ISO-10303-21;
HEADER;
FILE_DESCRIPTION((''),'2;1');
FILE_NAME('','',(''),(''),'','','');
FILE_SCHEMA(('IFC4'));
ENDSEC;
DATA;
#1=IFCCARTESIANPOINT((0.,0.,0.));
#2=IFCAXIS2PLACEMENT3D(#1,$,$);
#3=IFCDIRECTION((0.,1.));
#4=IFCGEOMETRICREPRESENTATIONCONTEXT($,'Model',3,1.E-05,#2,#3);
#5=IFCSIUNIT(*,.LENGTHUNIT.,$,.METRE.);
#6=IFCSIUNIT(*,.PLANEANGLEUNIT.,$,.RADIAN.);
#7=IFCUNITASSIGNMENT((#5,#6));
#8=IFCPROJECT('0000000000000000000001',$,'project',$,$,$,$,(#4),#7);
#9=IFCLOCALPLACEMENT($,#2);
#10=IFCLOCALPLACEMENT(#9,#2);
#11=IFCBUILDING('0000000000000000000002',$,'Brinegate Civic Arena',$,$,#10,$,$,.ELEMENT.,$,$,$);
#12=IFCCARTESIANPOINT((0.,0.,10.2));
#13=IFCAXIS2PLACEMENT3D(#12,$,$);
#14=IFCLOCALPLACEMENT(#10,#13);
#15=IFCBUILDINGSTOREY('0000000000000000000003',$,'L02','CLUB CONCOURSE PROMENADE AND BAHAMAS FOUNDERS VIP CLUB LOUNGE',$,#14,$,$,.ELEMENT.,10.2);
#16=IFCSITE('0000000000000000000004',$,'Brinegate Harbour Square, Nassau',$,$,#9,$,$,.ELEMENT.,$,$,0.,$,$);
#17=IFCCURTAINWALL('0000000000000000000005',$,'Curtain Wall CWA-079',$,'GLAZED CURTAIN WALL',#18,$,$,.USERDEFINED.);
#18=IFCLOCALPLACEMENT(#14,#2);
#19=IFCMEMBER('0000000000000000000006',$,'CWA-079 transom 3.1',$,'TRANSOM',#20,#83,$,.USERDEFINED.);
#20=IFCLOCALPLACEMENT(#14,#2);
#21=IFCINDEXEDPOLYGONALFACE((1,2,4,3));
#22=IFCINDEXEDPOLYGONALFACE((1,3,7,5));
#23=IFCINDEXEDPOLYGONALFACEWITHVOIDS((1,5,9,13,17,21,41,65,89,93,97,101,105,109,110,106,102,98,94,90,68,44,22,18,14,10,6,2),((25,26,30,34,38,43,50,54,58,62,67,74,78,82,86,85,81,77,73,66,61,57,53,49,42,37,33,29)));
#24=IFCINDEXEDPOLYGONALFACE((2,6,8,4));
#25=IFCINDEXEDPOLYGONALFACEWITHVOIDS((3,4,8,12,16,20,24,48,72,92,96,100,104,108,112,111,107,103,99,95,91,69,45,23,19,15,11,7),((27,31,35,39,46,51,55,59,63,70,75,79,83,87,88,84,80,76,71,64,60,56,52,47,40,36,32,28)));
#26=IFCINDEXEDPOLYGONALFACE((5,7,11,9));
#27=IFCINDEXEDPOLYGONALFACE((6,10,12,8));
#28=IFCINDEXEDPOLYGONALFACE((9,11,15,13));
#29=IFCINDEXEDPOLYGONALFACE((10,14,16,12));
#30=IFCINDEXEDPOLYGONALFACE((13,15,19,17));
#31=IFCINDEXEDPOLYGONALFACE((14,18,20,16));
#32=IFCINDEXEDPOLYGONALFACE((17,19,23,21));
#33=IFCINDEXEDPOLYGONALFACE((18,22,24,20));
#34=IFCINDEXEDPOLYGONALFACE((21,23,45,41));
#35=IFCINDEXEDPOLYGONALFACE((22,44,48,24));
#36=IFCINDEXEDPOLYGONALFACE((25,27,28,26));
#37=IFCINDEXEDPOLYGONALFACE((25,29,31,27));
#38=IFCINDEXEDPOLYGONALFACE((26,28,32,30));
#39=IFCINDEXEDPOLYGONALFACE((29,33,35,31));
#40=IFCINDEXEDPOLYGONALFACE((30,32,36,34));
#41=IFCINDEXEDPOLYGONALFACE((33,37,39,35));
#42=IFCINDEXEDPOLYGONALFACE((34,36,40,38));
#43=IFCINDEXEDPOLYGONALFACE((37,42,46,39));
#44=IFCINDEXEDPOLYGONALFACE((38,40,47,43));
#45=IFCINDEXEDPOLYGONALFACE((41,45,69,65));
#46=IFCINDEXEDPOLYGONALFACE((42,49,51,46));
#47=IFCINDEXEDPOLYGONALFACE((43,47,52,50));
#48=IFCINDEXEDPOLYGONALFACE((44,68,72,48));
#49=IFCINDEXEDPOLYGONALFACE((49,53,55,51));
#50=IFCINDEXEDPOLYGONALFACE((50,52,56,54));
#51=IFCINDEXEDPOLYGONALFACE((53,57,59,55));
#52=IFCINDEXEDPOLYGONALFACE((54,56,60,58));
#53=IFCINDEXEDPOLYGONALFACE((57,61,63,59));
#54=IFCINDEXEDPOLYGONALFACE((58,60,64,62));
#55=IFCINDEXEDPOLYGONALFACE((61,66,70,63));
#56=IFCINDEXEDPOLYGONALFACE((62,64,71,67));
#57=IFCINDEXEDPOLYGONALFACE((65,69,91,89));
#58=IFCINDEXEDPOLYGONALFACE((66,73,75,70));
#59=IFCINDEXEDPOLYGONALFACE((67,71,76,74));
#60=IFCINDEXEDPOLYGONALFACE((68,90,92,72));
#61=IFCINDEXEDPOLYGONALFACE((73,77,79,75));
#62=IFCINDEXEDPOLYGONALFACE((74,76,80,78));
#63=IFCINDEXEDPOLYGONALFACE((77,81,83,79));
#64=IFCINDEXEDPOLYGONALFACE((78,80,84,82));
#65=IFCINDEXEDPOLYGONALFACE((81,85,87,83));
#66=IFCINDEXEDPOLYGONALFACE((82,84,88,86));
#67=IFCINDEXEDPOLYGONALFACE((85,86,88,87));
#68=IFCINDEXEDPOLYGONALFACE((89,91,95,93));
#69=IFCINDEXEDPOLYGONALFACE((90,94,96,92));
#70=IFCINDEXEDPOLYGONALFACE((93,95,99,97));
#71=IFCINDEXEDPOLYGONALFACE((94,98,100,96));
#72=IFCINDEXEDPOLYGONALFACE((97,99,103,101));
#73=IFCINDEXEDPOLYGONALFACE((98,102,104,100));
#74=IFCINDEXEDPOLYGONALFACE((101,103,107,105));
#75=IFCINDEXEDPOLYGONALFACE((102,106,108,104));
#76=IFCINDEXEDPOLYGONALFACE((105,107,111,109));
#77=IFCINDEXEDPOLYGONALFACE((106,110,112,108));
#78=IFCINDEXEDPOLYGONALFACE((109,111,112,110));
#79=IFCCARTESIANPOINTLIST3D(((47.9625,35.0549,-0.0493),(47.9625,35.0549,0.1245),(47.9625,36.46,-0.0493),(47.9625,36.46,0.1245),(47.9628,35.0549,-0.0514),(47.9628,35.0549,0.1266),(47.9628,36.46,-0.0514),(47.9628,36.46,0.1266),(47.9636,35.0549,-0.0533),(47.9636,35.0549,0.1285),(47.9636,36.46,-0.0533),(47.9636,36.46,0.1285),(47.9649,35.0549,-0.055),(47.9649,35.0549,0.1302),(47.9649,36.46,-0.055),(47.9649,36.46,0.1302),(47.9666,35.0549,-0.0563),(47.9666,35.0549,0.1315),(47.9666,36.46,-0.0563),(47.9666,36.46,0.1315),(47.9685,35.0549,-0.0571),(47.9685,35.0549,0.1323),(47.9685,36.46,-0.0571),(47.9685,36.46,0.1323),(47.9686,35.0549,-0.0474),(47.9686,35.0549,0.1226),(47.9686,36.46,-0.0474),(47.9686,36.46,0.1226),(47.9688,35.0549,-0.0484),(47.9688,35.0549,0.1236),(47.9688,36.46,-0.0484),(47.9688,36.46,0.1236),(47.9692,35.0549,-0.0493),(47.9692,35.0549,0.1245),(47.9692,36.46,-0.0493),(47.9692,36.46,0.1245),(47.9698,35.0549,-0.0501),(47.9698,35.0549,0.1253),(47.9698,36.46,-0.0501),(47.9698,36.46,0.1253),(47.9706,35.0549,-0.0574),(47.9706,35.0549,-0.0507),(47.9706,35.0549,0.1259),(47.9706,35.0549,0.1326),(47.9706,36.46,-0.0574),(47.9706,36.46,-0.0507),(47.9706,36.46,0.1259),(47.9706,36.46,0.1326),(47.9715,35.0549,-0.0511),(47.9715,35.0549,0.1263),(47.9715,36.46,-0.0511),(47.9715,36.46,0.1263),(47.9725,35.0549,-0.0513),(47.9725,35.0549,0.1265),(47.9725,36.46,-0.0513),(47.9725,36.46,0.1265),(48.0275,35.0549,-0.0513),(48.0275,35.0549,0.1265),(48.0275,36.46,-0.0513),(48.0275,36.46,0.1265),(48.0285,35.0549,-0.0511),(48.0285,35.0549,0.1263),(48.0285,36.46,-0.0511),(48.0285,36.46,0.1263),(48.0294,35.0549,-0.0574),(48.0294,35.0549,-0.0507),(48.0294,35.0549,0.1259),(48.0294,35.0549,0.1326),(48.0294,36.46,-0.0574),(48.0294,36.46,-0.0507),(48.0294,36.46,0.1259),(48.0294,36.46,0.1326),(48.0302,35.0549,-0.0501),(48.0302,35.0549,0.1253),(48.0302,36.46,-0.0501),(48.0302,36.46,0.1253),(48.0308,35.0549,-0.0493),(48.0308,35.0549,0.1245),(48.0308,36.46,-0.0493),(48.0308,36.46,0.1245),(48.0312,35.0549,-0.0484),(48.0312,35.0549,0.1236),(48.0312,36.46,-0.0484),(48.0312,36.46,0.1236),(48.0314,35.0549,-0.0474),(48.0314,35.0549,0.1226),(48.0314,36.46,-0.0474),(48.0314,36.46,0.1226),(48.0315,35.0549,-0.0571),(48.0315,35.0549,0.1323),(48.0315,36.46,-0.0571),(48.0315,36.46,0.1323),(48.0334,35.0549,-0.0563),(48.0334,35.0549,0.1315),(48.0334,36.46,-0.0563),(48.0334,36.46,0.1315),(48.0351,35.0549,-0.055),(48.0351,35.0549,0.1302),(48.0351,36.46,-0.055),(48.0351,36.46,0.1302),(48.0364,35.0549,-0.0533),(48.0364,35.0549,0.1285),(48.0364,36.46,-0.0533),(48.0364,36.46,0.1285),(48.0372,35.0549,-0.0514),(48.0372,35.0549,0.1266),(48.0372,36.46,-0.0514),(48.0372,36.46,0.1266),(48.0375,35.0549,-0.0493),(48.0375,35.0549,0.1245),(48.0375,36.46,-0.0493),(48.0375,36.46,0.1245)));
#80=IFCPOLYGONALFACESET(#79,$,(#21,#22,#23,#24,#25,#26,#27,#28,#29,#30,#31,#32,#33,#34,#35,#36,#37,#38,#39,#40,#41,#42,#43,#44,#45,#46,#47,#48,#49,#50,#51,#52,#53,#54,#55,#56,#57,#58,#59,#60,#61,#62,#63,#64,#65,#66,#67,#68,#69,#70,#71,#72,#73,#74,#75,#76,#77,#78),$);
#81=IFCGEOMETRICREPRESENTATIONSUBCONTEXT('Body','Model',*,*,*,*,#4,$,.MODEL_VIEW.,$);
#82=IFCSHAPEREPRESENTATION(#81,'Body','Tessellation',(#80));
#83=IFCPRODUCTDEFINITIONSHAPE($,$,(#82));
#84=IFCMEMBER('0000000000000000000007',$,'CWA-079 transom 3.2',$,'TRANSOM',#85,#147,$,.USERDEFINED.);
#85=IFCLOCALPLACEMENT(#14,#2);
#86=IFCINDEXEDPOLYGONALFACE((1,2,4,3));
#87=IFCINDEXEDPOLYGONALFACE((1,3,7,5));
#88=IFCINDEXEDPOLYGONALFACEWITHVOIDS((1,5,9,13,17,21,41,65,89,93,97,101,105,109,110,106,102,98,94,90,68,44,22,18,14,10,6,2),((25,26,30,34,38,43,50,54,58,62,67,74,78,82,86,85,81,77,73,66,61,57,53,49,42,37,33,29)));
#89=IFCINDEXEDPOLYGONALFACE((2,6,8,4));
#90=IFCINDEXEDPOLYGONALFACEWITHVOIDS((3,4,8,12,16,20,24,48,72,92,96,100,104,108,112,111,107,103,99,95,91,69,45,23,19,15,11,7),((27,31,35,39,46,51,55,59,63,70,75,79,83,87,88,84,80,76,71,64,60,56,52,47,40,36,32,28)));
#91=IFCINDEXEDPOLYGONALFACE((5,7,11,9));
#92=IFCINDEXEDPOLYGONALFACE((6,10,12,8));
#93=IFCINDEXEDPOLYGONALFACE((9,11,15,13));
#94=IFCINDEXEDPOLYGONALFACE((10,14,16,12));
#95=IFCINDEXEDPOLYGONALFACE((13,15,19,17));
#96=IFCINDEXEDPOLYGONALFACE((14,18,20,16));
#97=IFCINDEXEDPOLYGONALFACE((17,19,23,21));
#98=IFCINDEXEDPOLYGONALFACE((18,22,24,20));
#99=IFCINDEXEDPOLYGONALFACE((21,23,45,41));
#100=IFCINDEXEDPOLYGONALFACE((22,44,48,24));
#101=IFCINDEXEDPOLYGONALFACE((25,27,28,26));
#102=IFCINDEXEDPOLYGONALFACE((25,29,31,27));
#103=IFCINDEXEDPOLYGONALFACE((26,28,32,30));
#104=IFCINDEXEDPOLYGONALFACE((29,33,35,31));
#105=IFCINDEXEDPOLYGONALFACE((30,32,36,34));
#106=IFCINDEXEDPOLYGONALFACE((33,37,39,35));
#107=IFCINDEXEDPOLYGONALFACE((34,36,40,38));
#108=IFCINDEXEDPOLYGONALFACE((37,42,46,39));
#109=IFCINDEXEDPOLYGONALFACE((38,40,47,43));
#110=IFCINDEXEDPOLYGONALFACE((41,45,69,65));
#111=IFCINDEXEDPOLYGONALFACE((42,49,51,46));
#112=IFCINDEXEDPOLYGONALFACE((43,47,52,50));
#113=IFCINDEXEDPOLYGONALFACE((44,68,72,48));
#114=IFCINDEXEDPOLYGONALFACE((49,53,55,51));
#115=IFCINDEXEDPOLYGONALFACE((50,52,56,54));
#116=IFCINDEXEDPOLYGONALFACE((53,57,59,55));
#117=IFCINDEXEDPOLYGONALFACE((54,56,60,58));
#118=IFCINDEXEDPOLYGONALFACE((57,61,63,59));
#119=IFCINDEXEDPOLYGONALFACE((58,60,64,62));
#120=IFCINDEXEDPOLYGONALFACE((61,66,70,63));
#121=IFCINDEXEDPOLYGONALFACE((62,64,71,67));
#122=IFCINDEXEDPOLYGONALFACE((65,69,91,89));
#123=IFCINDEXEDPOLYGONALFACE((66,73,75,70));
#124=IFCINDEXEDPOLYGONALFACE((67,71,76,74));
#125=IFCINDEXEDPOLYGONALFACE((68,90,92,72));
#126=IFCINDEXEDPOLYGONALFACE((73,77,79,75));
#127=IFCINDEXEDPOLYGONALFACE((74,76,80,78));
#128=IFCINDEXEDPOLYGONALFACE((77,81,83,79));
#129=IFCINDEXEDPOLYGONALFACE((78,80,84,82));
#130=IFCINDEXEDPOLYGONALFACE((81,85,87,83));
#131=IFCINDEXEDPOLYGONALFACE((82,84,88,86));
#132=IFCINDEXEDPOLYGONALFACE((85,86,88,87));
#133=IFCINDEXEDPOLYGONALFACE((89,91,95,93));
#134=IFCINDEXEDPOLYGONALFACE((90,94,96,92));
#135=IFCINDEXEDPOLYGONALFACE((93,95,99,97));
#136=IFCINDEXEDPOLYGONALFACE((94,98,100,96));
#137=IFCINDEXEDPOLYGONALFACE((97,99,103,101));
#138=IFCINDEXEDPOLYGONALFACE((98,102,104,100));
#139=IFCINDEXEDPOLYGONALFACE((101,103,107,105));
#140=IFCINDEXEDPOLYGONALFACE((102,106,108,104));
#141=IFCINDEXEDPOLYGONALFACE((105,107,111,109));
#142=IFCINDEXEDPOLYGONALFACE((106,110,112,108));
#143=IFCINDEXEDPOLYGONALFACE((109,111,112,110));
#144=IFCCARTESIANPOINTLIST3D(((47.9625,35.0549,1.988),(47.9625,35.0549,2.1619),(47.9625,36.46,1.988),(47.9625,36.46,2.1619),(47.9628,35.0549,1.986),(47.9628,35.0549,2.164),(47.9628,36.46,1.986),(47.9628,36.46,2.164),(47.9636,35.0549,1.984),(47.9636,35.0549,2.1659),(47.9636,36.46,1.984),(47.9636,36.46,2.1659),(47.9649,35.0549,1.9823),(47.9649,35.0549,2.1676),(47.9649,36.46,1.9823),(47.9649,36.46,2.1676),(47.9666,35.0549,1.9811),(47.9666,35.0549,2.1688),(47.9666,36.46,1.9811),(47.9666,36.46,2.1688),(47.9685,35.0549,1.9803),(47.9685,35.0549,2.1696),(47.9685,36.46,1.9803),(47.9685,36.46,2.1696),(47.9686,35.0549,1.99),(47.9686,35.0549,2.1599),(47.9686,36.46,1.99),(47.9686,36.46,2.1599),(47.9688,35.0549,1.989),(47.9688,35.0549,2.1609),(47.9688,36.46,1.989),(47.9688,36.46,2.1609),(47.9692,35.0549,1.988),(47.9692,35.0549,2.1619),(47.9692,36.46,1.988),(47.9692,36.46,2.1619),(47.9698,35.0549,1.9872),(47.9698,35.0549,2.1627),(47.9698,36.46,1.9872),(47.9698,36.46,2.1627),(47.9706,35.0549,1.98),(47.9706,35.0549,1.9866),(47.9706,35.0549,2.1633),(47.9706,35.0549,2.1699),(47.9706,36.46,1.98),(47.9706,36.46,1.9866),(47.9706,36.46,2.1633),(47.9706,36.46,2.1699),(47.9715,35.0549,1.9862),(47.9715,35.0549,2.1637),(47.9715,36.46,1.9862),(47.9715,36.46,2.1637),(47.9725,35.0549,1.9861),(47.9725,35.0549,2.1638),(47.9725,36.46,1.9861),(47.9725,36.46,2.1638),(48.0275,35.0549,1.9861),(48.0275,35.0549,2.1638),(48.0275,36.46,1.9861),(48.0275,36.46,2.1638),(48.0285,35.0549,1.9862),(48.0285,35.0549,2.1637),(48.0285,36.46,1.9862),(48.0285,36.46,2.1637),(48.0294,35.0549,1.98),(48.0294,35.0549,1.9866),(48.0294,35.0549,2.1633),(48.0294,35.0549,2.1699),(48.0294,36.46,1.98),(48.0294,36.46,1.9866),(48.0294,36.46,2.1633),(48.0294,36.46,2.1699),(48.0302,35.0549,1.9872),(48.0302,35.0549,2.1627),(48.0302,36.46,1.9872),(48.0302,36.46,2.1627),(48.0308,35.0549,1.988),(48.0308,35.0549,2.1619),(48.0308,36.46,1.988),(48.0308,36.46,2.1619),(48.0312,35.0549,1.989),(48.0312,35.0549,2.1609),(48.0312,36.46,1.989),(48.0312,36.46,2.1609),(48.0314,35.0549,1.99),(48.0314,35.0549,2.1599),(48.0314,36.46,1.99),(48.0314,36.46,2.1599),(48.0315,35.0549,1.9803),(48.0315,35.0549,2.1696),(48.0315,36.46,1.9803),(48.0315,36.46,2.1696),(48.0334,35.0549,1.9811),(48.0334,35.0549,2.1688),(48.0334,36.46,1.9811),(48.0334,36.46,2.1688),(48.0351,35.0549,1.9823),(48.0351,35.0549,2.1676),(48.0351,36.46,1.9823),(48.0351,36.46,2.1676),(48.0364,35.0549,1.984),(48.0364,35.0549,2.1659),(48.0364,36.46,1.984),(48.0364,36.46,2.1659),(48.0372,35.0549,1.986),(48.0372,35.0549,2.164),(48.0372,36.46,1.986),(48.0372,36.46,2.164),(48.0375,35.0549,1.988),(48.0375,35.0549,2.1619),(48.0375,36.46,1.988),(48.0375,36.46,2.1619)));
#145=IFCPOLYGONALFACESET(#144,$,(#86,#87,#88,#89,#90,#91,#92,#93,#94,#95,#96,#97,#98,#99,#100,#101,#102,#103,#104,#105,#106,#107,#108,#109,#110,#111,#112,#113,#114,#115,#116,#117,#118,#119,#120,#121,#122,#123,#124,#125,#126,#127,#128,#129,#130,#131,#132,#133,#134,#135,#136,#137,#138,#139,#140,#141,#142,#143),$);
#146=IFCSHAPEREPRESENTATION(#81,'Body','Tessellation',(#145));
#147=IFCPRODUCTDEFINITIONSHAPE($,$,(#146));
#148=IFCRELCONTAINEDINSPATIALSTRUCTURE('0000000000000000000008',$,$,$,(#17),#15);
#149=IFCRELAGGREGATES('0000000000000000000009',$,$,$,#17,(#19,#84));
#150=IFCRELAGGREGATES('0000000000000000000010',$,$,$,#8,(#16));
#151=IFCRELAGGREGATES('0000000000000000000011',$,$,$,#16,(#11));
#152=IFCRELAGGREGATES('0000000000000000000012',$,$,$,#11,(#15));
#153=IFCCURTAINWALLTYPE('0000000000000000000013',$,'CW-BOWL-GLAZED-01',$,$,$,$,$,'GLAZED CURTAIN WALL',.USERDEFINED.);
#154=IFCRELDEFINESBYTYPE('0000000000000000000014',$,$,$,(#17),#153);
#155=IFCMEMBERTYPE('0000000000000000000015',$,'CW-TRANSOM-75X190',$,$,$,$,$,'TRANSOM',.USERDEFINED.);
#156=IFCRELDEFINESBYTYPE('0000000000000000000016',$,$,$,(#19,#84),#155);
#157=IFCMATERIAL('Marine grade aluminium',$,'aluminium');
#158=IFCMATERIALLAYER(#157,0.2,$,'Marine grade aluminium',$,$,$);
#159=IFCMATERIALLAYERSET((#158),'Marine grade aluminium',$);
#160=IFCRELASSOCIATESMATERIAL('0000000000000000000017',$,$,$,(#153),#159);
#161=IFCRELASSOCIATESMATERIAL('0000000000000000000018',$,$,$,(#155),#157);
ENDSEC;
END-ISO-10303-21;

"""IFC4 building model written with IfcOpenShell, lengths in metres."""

from ifc_helpers import new_model, si_unit, direction, frame, origin, origin_2d, place, context, subcontext, project, spatial, hollow_rectangle, extrude, material, layer, layer_set, material_profile, profile_set, type_object, element, aggregate, save


model = new_model("IFC4")

# Units and contexts
model_context = context("Model", 3, precision=1e-05, world=origin(), true_north=direction((0.0, 1.0)))
body_context = subcontext(model_context, "Body", "Model", "MODEL_VIEW")
ifc_project = project(units=[si_unit("LENGTHUNIT", "METRE"), si_unit("PLANEANGLEUNIT", "RADIAN")], contexts=[model_context])

# Site, building, storey
site_placement = place(None, origin())
site = spatial("IfcSite", under=ifc_project, at=site_placement, Name="Brinegate Harbour Square, Nassau", CompositionType="ELEMENT", RefElevation=0.0)
building_placement = place(site_placement, origin())
building = spatial("IfcBuilding", under=site, at=building_placement, Name="Brinegate Civic Arena", CompositionType="ELEMENT")
storey_placement = place(building_placement, frame((0.0, 0.0, 10.2)))
storey = spatial("IfcBuildingStorey", under=building, at=storey_placement, Name="L02", Description="CLUB CONCOURSE PROMENADE AND BAHAMAS FOUNDERS VIP CLUB LOUNGE", CompositionType="ELEMENT", Elevation=10.2)

# Curtain wall, members
ifc_material_1 = material(Name="Marine grade aluminium", Category="aluminium")
ifc_layer_1 = layer(ifc_material_1, 0.2, Name="Marine grade aluminium")
ifc_layer_set_1 = layer_set([ifc_layer_1], Name="Marine grade aluminium")
curtain_wall_type = type_object("IfcCurtainWallType", Name="CW-BOWL-GLAZED-01", ElementType="GLAZED CURTAIN WALL", PredefinedType="USERDEFINED", material=ifc_layer_set_1)
curtain_wall_placement = place(storey_placement, origin())
curtain_wall = element("IfcCurtainWall", 1, at=curtain_wall_placement, inside=storey, type_object=curtain_wall_type, Name="Curtain Wall CWA-079", ObjectType="GLAZED CURTAIN WALL", PredefinedType="USERDEFINED")
ifc_material_profile_1 = material_profile(ifc_material_1, hollow_rectangle(XDim=0.075, YDim=0.1899, WallThickness=0.0061, InnerFilletRadius=0.0039, OuterFilletRadius=0.0081, at=origin_2d()), Name="TRN75X190")
ifc_profile_set_1 = profile_set([ifc_material_profile_1], Name="Marine grade aluminium")
member_type_1 = type_object("IfcMemberType", Name="CW-TRANSOM-75X190", ElementType="TRANSOM", PredefinedType="USERDEFINED", material=ifc_profile_set_1)
member_1_placement = place(storey_placement, frame((48.0, 35.0549, 0.0376), z_axis=(0.0, 1.0, 0.0), x_axis=(-1.0, 0.0, 0.0)))
member_1 = element("IfcMember", 2, at=member_1_placement, type_object=member_type_1, Name="CWA-079 transom 3.1", ObjectType="TRANSOM", PredefinedType="USERDEFINED", context=body_context, shape_type="SweptSolid", body=[
    extrude(hollow_rectangle(XDim=0.075, YDim=0.1899, WallThickness=0.0061, InnerFilletRadius=0.0039, OuterFilletRadius=0.0081, at=origin_2d()), origin(), (0.0, 0.0, 1.0), 1.405),
])
member_2_placement = place(storey_placement, frame((48.0, 35.0549, 2.075), z_axis=(0.0, 1.0, 0.0), x_axis=(-1.0, 0.0, 0.0)))
member_2 = element("IfcMember", 3, at=member_2_placement, type_object=member_type_1, Name="CWA-079 transom 3.2", ObjectType="TRANSOM", PredefinedType="USERDEFINED", context=body_context, shape_type="SweptSolid", body=[
    extrude(hollow_rectangle(XDim=0.075, YDim=0.1899, WallThickness=0.0061, InnerFilletRadius=0.0039, OuterFilletRadius=0.0081, at=origin_2d()), origin(), (0.0, 0.0, 1.0), 1.405),
])
aggregate(curtain_wall, [member_1, member_2])

save(model, "model.ifc")
